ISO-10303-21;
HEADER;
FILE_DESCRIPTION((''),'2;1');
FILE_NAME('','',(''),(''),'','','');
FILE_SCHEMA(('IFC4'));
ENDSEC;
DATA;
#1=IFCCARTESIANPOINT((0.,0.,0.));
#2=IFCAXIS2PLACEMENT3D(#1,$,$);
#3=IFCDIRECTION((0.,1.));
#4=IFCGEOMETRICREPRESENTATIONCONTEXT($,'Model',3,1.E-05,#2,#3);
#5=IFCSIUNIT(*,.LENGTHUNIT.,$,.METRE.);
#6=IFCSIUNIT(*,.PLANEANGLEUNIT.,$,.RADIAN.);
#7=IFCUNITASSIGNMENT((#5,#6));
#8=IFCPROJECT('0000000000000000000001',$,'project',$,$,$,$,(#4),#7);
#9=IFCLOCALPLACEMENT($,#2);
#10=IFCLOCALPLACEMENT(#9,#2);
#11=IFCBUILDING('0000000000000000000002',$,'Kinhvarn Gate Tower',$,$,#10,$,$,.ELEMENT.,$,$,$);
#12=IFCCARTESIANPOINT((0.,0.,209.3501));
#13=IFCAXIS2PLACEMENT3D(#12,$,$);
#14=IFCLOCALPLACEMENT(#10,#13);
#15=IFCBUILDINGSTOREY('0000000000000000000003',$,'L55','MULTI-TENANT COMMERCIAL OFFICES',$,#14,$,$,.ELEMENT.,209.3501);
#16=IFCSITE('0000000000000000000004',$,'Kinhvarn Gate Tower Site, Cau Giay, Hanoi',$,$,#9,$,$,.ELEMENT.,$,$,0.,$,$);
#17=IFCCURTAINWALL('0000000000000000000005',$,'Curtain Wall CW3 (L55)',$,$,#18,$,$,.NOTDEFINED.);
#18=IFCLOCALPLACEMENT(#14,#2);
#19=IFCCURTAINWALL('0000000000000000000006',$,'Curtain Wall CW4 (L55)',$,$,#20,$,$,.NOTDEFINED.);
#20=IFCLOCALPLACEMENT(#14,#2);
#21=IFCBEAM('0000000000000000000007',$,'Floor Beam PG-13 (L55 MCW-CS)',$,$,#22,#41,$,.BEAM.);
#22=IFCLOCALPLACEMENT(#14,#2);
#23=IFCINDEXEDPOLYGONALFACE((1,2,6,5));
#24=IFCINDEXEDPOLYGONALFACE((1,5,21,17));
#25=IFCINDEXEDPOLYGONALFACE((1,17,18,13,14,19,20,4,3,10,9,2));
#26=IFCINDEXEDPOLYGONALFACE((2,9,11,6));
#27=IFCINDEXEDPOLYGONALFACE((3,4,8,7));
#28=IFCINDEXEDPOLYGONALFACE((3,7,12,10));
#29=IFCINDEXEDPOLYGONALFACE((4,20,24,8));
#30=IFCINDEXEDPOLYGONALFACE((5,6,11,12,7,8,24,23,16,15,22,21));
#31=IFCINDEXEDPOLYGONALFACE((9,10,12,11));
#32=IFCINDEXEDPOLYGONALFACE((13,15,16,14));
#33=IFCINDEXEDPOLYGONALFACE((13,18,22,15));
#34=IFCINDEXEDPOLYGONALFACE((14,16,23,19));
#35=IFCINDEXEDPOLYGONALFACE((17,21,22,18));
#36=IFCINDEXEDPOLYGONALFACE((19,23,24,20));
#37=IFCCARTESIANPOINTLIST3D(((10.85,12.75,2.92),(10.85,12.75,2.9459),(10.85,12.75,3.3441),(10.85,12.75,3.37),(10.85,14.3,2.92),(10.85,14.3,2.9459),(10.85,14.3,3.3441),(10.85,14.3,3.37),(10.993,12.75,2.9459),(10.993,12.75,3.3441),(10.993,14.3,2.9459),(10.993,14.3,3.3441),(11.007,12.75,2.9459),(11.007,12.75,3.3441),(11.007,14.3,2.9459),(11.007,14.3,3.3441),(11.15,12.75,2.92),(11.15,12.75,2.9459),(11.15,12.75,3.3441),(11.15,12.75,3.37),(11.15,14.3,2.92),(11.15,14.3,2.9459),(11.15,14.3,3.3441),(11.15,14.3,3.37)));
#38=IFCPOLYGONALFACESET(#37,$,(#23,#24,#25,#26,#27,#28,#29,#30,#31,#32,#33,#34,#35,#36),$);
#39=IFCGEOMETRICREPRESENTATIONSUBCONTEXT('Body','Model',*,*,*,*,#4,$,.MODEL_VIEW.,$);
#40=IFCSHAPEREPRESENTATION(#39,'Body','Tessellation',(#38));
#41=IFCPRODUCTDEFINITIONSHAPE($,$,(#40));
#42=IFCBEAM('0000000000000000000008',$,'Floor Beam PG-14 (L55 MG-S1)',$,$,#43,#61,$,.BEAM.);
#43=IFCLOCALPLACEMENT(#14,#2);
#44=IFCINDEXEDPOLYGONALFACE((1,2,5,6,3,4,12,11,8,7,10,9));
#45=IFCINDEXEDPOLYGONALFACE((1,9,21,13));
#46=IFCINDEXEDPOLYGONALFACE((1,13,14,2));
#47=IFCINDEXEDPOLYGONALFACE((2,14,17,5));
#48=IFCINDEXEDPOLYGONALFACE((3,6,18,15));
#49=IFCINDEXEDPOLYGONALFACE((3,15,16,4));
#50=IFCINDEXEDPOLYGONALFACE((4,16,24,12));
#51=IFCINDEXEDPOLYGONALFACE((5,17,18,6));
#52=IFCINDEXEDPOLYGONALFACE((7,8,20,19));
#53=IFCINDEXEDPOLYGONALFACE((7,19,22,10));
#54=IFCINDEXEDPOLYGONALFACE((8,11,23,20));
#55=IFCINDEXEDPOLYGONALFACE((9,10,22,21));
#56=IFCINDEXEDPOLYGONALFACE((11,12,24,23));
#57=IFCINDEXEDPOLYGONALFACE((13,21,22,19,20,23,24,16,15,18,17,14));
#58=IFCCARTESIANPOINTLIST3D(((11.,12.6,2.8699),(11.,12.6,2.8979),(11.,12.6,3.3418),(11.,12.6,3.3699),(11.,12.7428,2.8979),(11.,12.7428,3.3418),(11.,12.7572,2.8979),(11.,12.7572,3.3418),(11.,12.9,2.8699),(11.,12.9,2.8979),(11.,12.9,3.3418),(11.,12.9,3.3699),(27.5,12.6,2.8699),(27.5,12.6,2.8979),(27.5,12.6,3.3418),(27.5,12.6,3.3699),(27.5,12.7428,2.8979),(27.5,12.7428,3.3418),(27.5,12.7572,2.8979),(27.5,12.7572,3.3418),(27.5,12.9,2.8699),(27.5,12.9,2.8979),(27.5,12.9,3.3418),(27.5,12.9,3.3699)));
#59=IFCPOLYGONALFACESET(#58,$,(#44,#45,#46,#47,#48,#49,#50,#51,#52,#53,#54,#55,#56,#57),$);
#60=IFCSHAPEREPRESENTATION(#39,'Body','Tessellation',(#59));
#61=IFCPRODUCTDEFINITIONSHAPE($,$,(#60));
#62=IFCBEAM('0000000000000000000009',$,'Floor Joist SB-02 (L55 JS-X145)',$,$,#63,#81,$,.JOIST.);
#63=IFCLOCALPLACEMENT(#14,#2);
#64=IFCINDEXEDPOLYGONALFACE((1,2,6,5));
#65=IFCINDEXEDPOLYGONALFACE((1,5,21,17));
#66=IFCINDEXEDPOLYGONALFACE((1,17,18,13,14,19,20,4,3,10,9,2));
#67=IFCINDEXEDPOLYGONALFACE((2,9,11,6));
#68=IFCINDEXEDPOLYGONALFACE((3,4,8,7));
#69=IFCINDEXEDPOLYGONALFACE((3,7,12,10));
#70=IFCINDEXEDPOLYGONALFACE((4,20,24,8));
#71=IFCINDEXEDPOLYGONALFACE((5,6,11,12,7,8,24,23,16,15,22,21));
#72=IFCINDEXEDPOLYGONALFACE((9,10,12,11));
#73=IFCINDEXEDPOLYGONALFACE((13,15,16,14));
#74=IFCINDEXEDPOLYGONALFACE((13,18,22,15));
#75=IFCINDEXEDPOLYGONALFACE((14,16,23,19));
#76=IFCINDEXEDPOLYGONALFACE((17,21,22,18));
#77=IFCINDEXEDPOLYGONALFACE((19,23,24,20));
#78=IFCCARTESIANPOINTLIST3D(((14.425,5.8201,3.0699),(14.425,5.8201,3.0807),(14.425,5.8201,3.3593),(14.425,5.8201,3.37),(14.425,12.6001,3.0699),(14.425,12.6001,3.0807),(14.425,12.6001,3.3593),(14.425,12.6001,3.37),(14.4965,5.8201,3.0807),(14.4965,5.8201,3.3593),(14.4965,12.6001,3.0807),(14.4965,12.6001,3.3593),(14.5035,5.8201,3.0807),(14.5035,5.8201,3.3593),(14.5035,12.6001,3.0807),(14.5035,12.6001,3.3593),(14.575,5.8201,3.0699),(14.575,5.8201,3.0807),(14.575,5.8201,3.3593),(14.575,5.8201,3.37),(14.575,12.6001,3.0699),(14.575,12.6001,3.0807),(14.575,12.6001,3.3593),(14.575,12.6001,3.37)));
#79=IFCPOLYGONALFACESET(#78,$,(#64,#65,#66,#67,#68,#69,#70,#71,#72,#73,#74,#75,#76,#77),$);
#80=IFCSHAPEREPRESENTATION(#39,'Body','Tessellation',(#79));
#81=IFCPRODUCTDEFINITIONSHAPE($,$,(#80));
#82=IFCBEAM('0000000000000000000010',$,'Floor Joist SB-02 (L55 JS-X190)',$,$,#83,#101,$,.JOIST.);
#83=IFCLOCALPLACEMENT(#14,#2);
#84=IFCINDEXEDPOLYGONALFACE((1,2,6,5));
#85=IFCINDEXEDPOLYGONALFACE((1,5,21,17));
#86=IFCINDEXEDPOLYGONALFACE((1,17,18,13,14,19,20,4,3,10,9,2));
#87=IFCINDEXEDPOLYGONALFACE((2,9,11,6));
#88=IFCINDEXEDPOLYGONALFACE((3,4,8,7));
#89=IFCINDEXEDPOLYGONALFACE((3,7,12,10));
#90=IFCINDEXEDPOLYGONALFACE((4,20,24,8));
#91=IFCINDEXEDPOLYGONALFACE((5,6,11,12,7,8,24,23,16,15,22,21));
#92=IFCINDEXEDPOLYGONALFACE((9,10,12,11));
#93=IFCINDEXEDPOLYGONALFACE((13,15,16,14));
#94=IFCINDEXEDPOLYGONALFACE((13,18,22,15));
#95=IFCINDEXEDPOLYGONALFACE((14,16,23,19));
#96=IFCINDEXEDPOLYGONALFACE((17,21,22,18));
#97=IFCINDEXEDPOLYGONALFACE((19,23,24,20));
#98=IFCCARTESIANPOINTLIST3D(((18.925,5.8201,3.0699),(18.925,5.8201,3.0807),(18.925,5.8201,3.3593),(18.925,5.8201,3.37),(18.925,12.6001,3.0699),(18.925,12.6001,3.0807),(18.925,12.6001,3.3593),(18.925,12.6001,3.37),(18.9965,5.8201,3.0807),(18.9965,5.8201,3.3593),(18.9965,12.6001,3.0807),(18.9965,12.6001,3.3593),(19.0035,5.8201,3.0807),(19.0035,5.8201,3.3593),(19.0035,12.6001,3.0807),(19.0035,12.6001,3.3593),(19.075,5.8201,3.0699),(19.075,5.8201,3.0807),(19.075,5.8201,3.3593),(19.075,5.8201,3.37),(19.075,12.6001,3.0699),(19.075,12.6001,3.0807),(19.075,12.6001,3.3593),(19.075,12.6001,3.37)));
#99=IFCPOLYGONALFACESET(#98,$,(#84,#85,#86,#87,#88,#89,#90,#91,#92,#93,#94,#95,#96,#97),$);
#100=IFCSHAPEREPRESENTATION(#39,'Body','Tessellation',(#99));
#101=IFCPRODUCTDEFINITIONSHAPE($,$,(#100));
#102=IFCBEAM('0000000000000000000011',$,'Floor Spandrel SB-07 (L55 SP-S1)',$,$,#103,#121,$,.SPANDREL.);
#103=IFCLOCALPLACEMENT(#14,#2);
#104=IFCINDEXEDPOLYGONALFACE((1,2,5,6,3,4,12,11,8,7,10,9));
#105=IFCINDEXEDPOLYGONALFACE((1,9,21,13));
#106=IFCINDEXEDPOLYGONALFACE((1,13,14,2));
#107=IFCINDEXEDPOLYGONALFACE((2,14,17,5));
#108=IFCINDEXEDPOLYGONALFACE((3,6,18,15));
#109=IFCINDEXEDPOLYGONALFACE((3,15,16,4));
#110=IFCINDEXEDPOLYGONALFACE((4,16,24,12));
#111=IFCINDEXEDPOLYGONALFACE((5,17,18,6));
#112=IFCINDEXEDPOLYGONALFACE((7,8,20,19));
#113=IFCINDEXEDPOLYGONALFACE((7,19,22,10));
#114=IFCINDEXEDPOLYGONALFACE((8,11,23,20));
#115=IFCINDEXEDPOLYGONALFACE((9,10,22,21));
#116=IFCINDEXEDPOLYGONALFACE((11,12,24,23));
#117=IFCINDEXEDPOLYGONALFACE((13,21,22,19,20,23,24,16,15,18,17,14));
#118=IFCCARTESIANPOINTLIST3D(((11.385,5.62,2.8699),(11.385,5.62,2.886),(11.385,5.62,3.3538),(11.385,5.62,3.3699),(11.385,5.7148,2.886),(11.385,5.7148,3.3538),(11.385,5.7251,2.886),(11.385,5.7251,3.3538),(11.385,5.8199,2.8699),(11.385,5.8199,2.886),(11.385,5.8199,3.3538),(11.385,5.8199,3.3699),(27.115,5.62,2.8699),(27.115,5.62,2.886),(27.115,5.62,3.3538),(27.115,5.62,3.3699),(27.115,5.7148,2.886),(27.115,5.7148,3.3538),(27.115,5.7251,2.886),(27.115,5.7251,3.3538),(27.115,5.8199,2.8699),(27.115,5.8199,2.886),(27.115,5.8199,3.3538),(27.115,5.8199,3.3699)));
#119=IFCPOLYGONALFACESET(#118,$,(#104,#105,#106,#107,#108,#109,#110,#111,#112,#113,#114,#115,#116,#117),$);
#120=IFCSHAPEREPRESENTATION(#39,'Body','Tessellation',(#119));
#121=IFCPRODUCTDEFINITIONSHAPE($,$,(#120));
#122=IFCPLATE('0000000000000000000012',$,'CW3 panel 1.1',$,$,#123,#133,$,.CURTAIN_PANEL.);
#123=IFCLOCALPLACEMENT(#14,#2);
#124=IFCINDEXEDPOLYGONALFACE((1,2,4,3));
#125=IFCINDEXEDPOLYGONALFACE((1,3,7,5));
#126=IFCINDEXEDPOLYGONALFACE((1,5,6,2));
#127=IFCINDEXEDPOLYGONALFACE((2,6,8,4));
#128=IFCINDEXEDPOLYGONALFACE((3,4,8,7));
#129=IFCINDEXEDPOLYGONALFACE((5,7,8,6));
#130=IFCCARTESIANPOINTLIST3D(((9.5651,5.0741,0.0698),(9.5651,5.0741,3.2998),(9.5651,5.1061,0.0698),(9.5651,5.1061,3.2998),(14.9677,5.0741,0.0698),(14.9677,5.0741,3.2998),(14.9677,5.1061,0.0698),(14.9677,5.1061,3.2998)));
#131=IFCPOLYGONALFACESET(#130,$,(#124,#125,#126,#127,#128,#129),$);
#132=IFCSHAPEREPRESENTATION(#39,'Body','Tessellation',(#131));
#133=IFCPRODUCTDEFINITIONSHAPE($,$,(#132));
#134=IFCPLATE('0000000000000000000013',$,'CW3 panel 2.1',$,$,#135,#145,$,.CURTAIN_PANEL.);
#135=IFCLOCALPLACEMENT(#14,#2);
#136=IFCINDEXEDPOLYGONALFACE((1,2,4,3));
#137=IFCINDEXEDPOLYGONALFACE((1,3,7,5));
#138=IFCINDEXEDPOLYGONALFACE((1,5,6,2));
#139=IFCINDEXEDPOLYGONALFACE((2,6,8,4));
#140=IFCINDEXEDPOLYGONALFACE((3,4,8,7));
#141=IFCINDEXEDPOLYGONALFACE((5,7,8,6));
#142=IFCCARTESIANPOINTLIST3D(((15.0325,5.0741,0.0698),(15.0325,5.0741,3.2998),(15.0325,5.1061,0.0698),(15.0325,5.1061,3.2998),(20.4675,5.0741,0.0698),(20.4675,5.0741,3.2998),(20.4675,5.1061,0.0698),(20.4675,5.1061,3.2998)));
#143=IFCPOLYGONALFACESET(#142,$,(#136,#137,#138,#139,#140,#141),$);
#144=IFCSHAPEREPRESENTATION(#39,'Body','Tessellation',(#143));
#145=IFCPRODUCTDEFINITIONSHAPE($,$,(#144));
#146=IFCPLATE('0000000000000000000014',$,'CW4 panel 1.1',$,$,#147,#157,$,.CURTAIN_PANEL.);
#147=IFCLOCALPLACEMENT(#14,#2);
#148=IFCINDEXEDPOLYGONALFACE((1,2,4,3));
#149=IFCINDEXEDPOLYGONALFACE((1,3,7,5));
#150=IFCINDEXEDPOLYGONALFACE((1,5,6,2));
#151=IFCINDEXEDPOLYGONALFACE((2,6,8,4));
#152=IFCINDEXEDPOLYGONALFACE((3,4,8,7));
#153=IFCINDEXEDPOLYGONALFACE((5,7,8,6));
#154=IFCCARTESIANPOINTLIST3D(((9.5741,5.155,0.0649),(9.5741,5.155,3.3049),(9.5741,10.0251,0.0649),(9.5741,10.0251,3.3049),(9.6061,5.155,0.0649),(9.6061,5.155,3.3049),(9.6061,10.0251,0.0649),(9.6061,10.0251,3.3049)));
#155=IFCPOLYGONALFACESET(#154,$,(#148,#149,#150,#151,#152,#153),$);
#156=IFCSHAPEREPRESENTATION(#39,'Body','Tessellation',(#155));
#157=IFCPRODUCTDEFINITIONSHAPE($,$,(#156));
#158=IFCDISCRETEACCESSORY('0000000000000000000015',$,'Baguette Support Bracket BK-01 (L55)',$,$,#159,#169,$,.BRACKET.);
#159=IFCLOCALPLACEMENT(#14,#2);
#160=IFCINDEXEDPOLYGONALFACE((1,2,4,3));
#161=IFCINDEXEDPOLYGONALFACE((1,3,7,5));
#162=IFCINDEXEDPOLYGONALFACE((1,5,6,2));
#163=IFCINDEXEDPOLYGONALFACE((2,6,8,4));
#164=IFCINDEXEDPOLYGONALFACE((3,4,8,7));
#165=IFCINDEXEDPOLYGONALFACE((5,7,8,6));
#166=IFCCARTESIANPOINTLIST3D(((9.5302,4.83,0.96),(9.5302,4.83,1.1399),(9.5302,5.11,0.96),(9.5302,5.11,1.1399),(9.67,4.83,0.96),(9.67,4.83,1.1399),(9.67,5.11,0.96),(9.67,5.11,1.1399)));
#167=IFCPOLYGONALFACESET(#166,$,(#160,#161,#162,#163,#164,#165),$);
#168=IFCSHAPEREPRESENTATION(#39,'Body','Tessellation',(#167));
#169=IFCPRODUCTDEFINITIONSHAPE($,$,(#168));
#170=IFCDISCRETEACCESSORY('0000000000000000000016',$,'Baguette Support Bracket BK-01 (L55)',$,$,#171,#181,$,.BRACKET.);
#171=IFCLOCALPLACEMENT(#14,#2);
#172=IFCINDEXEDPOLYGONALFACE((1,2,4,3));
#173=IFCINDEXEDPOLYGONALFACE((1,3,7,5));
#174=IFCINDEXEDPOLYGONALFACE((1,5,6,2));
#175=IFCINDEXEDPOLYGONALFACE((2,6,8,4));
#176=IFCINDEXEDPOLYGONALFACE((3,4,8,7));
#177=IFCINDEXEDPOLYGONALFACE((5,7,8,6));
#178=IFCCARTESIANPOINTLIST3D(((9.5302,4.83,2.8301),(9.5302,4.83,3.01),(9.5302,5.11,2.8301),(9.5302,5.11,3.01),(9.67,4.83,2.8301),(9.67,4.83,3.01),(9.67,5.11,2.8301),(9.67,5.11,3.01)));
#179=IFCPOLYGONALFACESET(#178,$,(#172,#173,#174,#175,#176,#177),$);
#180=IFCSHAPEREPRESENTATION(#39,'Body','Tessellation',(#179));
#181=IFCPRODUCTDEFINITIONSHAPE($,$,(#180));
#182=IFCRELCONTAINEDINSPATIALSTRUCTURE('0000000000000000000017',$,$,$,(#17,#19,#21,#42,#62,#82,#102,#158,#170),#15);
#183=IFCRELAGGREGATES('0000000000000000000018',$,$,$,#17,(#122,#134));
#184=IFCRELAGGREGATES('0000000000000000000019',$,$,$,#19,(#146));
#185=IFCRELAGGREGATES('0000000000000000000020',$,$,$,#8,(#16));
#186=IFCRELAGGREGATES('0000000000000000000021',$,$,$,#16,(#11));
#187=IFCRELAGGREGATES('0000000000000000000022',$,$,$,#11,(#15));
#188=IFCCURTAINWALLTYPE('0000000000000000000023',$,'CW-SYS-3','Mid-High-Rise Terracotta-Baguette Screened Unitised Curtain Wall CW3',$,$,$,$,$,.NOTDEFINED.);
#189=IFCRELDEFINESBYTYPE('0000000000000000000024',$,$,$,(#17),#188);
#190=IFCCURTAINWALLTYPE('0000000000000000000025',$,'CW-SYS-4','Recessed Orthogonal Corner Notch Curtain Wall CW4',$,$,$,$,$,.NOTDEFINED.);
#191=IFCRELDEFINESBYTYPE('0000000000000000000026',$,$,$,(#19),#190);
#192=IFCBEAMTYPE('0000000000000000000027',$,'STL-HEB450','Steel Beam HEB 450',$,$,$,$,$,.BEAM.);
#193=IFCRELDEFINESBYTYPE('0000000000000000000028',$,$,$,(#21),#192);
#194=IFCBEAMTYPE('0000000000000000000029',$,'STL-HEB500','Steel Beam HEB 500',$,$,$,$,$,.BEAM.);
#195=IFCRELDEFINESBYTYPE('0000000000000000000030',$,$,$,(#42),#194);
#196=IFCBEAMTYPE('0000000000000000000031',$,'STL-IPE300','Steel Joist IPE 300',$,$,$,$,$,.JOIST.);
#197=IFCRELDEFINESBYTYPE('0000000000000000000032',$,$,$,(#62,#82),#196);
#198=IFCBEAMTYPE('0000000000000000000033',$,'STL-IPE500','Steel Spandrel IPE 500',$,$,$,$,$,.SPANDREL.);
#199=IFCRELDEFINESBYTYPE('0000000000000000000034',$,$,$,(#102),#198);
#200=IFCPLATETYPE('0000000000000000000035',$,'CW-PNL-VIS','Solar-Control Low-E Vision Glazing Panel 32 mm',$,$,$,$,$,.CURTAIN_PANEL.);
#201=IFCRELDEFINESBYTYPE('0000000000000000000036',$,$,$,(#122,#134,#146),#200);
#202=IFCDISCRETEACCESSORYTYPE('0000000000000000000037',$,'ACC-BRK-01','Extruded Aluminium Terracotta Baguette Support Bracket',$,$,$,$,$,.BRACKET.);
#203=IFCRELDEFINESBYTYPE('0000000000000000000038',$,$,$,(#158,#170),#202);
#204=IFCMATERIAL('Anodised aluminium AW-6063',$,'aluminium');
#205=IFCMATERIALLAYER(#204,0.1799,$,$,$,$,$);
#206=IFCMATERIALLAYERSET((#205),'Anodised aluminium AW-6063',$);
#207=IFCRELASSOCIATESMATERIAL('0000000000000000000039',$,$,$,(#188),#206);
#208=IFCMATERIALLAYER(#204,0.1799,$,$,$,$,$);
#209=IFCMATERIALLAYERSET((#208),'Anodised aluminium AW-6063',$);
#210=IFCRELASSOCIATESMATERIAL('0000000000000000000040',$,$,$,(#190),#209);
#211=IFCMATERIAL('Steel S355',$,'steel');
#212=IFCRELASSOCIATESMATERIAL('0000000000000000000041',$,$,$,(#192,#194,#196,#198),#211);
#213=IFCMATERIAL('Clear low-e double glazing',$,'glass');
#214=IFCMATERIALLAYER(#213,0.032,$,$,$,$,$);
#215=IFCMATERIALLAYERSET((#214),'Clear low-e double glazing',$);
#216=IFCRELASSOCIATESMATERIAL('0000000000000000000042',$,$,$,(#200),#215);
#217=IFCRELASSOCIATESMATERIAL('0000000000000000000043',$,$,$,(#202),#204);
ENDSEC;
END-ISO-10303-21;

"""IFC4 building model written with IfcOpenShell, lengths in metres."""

from ifc_helpers import new_model, si_unit, direction, frame, origin, origin_2d, place, context, subcontext, project, spatial, rectangle, i_section, extrude, material, layer, layer_set, material_profile, profile_set, type_object, element, aggregate, save


model = new_model("IFC4")

# Units and contexts
model_context = context("Model", 3, precision=1e-05, world=origin(), true_north=direction((0.0, 1.0)))
body_context = subcontext(model_context, "Body", "Model", "MODEL_VIEW")
ifc_project = project(units=[si_unit("LENGTHUNIT", "METRE"), si_unit("PLANEANGLEUNIT", "RADIAN")], contexts=[model_context])

# Site, building, storey
site_placement = place(None, origin())
site = spatial("IfcSite", under=ifc_project, at=site_placement, Name="Kinhvarn Gate Tower Site, Cau Giay, Hanoi", CompositionType="ELEMENT", RefElevation=0.0)
building_placement = place(site_placement, origin())
building = spatial("IfcBuilding", under=site, at=building_placement, Name="Kinhvarn Gate Tower", CompositionType="ELEMENT")
storey_placement = place(building_placement, frame((0.0, 0.0, 209.3501)))
storey = spatial("IfcBuildingStorey", under=building, at=storey_placement, Name="L55", Description="MULTI-TENANT COMMERCIAL OFFICES", CompositionType="ELEMENT", Elevation=209.3501)

# Curtain walls
ifc_material_1 = material(Name="Anodised aluminium AW-6063", Category="aluminium")
ifc_layer_1 = layer(ifc_material_1, 0.1799)
ifc_layer_set_1 = layer_set([ifc_layer_1], Name="Anodised aluminium AW-6063")
curtain_wall_type_1 = type_object("IfcCurtainWallType", Name="CW-SYS-3", Description="Mid-High-Rise Terracotta-Baguette Screened Unitised Curtain Wall CW3", PredefinedType="NOTDEFINED", material=ifc_layer_set_1)
curtain_wall_1_placement = place(storey_placement, origin())
curtain_wall_1 = element("IfcCurtainWall", 1, at=curtain_wall_1_placement, inside=storey, type_object=curtain_wall_type_1, Name="Curtain Wall CW3 (L55)", PredefinedType="NOTDEFINED")
ifc_layer_2 = layer(ifc_material_1, 0.1799)
ifc_layer_set_2 = layer_set([ifc_layer_2], Name="Anodised aluminium AW-6063")
curtain_wall_type_2 = type_object("IfcCurtainWallType", Name="CW-SYS-4", Description="Recessed Orthogonal Corner Notch Curtain Wall CW4", PredefinedType="NOTDEFINED", material=ifc_layer_set_2)
curtain_wall_2_placement = place(storey_placement, origin())
curtain_wall_2 = element("IfcCurtainWall", 2, at=curtain_wall_2_placement, inside=storey, type_object=curtain_wall_type_2, Name="Curtain Wall CW4 (L55)", PredefinedType="NOTDEFINED")

# Beams
ifc_material_2 = material(Name="Steel S355", Category="steel")
ifc_material_profile_1 = material_profile(ifc_material_2, i_section(OverallWidth=0.3, OverallDepth=0.45, WebThickness=0.0139, FlangeThickness=0.0259, at=origin_2d()), Name="HEB 450")
ifc_profile_set_1 = profile_set([ifc_material_profile_1], Name="Steel S355")
beam_type_1 = type_object("IfcBeamType", Name="STL-HEB450", Description="Steel Beam HEB 450", PredefinedType="BEAM", material=ifc_profile_set_1)
beam_1_placement = place(storey_placement, frame((11.0, 12.75, 3.145), z_axis=(0.0, 1.0, 0.0), x_axis=(-1.0, 0.0, 0.0)))
element("IfcBeam", 3, at=beam_1_placement, inside=storey, type_object=beam_type_1, Name="Floor Beam PG-13 (L55 MCW-CS)", PredefinedType="BEAM", context=body_context, shape_type="SweptSolid", body=[
    extrude(i_section(OverallWidth=0.3, OverallDepth=0.45, WebThickness=0.0139, FlangeThickness=0.0259, at=origin_2d()), origin(), (0.0, 0.0, 1.0), 1.55),
])
ifc_material_profile_2 = material_profile(ifc_material_2, i_section(OverallWidth=0.3, OverallDepth=0.5, WebThickness=0.0144, FlangeThickness=0.0281, at=origin_2d()), Name="HEB 500")
ifc_profile_set_2 = profile_set([ifc_material_profile_2], Name="Steel S355")
beam_type_2 = type_object("IfcBeamType", Name="STL-HEB500", Description="Steel Beam HEB 500", PredefinedType="BEAM", material=ifc_profile_set_2)
beam_2_placement = place(storey_placement, frame((11.0, 12.75, 3.1199), z_axis=(1.0, 0.0, 0.0), x_axis=(0.0, 1.0, 0.0)))
element("IfcBeam", 4, at=beam_2_placement, inside=storey, type_object=beam_type_2, Name="Floor Beam PG-14 (L55 MG-S1)", PredefinedType="BEAM", context=body_context, shape_type="SweptSolid", body=[
    extrude(i_section(OverallWidth=0.3, OverallDepth=0.5, WebThickness=0.0144, FlangeThickness=0.0281, at=origin_2d()), origin(), (0.0, 0.0, 1.0), 16.5),
])
ifc_material_profile_3 = material_profile(ifc_material_2, i_section(OverallWidth=0.1499, OverallDepth=0.3, WebThickness=0.0071, FlangeThickness=0.0107, at=origin_2d()), Name="IPE 300")
ifc_profile_set_3 = profile_set([ifc_material_profile_3], Name="Steel S355")
beam_type_3 = type_object("IfcBeamType", Name="STL-IPE300", Description="Steel Joist IPE 300", PredefinedType="JOIST", material=ifc_profile_set_3)
for number, where, z_axis, x_axis, name in (
    (5, (14.5, 5.8201, 3.22), (0.0, 1.0, 0.0), (-1.0, 0.0, 0.0), "Floor Joist SB-02 (L55 JS-X145)"),
    (6, (19.0, 5.8201, 3.22), (0.0, 1.0, 0.0), (-1.0, 0.0, 0.0), "Floor Joist SB-02 (L55 JS-X190)"),
):
    element("IfcBeam", number, at=place(storey_placement, frame(where, z_axis=z_axis, x_axis=x_axis)), inside=storey, type_object=beam_type_3, Name=name, PredefinedType="JOIST", context=body_context, shape_type="SweptSolid", body=[
        extrude(i_section(OverallWidth=0.1499, OverallDepth=0.3, WebThickness=0.0071, FlangeThickness=0.0107, at=origin_2d()), origin(), (0.0, 0.0, 1.0), 6.78),
    ])
ifc_material_profile_4 = material_profile(ifc_material_2, i_section(OverallWidth=0.2, OverallDepth=0.5, WebThickness=0.0103, FlangeThickness=0.0161, at=origin_2d()), Name="IPE 500")
ifc_profile_set_4 = profile_set([ifc_material_profile_4], Name="Steel S355")
beam_type_4 = type_object("IfcBeamType", Name="STL-IPE500", Description="Steel Spandrel IPE 500", PredefinedType="SPANDREL", material=ifc_profile_set_4)
beam_3_placement = place(storey_placement, frame((11.385, 5.72, 3.1199), z_axis=(1.0, 0.0, 0.0), x_axis=(0.0, 1.0, 0.0)))
element("IfcBeam", 7, at=beam_3_placement, inside=storey, type_object=beam_type_4, Name="Floor Spandrel SB-07 (L55 SP-S1)", PredefinedType="SPANDREL", context=body_context, shape_type="SweptSolid", body=[
    extrude(i_section(OverallWidth=0.2, OverallDepth=0.5, WebThickness=0.0103, FlangeThickness=0.0161, at=origin_2d()), origin(), (0.0, 0.0, 1.0), 15.73),
])

# Plates
ifc_material_3 = material(Name="Clear low-e double glazing", Category="glass")
ifc_layer_3 = layer(ifc_material_3, 0.032)
ifc_layer_set_3 = layer_set([ifc_layer_3], Name="Clear low-e double glazing")
plate_type = type_object("IfcPlateType", Name="CW-PNL-VIS", Description="Solar-Control Low-E Vision Glazing Panel 32 mm", PredefinedType="CURTAIN_PANEL", material=ifc_layer_set_3)
plate_1_placement = place(storey_placement, frame((12.2664, 5.0901, 0.0698), z_axis=(0.0, 0.0, 1.0), x_axis=(1.0, 0.0, 0.0)))
plate_1 = element("IfcPlate", 8, at=plate_1_placement, type_object=plate_type, Name="CW3 panel 1.1", PredefinedType="CURTAIN_PANEL", context=body_context, shape_type="SweptSolid", body=[
    extrude(rectangle(XDim=5.4026, YDim=0.032, at=origin_2d()), origin(), (0.0, 0.0, 1.0), 3.23),
])
plate_2_placement = place(storey_placement, frame((17.75, 5.0901, 0.0698), z_axis=(0.0, 0.0, 1.0), x_axis=(1.0, 0.0, 0.0)))
plate_2 = element("IfcPlate", 9, at=plate_2_placement, type_object=plate_type, Name="CW3 panel 2.1", PredefinedType="CURTAIN_PANEL", context=body_context, shape_type="SweptSolid", body=[
    extrude(rectangle(XDim=5.4351, YDim=0.032, at=origin_2d()), origin(), (0.0, 0.0, 1.0), 3.23),
])
aggregate(curtain_wall_1, [plate_1, plate_2])
plate_3_placement = place(storey_placement, frame((9.5901, 7.5901, 0.0649), z_axis=(0.0, 0.0, 1.0), x_axis=(0.0, -1.0, 0.0)))
plate_3 = element("IfcPlate", 10, at=plate_3_placement, type_object=plate_type, Name="CW4 panel 1.1", PredefinedType="CURTAIN_PANEL", context=body_context, shape_type="SweptSolid", body=[
    extrude(rectangle(XDim=4.8701, YDim=0.032, at=origin_2d()), origin(), (0.0, 0.0, 1.0), 3.24),
])
aggregate(curtain_wall_2, [plate_3])

# Discrete accessories
discrete_accessory_type = type_object("IfcDiscreteAccessoryType", Name="ACC-BRK-01", Description="Extruded Aluminium Terracotta Baguette Support Bracket", PredefinedType="BRACKET", material=ifc_material_1)
for number, where, z_axis, x_axis, name in (
    (11, (9.6001, 4.97, 0.96), (0.0, 0.0, 1.0), (1.0, 0.0, 0.0), "Baguette Support Bracket BK-01 (L55)"),
    (12, (9.6001, 4.97, 2.8301), (0.0, 0.0, 1.0), (1.0, 0.0, 0.0), "Baguette Support Bracket BK-01 (L55)"),
):
    element("IfcDiscreteAccessory", number, at=place(storey_placement, frame(where, z_axis=z_axis, x_axis=x_axis)), inside=storey, type_object=discrete_accessory_type, Name=name, PredefinedType="BRACKET", context=body_context, shape_type="SweptSolid", body=[
        extrude(rectangle(XDim=0.1399, YDim=0.28, at=origin_2d()), origin(), (0.0, 0.0, 1.0), 0.1799),
    ])

save(model, "model.ifc")
